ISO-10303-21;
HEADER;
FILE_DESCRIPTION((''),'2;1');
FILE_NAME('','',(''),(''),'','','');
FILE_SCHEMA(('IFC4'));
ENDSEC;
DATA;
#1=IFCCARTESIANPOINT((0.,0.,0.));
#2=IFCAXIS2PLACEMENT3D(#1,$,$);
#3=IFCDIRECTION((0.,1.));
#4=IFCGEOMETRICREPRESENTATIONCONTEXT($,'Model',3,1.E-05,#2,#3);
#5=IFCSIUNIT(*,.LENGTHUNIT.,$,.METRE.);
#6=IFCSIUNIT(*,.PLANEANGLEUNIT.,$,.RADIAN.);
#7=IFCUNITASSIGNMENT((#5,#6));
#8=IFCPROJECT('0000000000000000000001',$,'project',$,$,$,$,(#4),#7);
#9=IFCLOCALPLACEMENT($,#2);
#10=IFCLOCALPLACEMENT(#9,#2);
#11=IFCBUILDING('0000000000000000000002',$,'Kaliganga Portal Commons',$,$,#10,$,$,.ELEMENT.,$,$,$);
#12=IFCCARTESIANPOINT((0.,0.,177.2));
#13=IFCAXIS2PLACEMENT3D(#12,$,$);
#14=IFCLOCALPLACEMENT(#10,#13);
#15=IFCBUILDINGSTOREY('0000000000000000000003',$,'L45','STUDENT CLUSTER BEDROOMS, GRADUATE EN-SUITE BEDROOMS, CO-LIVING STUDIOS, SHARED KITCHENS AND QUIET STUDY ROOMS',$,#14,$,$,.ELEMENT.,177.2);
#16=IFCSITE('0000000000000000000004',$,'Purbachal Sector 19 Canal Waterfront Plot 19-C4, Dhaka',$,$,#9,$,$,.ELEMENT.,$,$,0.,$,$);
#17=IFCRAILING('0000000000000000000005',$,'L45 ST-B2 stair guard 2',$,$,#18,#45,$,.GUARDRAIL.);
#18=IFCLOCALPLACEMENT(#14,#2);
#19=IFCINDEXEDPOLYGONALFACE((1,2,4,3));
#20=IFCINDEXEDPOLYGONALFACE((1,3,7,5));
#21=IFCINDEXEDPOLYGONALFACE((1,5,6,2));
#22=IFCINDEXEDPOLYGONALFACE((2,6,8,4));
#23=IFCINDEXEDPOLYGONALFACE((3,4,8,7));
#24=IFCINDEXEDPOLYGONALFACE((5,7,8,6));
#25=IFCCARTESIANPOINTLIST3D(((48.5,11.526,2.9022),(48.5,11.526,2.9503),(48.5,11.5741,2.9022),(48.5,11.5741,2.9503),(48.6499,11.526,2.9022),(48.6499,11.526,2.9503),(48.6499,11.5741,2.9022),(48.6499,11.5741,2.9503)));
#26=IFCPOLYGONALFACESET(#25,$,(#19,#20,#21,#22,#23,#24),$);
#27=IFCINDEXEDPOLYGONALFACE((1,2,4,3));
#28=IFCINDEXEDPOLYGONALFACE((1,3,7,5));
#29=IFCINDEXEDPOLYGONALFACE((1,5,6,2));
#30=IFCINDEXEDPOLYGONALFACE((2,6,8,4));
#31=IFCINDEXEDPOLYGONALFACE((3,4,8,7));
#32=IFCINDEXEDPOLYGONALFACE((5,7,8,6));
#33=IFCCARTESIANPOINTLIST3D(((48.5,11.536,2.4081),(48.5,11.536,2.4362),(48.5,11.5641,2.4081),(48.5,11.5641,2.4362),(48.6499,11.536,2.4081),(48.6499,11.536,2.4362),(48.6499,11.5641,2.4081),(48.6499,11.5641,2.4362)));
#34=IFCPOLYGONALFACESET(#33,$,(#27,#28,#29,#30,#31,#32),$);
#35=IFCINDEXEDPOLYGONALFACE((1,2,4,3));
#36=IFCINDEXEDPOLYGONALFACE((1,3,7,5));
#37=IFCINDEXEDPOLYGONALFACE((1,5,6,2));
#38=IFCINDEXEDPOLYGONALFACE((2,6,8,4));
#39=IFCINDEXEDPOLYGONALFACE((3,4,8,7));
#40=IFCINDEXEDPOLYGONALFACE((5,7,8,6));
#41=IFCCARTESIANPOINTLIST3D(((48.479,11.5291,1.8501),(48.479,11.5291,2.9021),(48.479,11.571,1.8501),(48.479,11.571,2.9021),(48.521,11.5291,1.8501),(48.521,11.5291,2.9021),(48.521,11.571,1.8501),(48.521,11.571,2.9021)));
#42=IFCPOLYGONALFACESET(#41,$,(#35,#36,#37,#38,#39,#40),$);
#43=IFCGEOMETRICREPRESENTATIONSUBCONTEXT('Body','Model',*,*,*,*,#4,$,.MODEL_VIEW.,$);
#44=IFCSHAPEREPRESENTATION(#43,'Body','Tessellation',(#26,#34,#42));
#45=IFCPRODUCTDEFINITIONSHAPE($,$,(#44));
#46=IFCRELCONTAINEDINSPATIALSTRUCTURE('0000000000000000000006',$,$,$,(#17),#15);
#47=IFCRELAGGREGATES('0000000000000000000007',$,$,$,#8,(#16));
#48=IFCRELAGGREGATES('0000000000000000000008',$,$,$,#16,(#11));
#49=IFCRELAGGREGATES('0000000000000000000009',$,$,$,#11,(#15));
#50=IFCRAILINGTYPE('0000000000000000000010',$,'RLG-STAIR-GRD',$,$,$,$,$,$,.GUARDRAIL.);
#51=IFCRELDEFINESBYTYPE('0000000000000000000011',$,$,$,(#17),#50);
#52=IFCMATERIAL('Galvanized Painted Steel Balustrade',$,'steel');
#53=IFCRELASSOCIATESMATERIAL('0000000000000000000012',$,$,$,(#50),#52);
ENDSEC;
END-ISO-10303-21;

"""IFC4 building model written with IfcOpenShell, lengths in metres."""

from ifc_helpers import new_model, si_unit, direction, frame, origin, origin_2d, place, context, subcontext, project, spatial, rectangle, extrude, material, type_object, element, save


model = new_model("IFC4")

# Units and contexts
model_context = context("Model", 3, precision=1e-05, world=origin(), true_north=direction((0.0, 1.0)))
body_context = subcontext(model_context, "Body", "Model", "MODEL_VIEW")
ifc_project = project(units=[si_unit("LENGTHUNIT", "METRE"), si_unit("PLANEANGLEUNIT", "RADIAN")], contexts=[model_context])

# Site, building, storey
site_placement = place(None, origin())
site = spatial("IfcSite", under=ifc_project, at=site_placement, Name="Purbachal Sector 19 Canal Waterfront Plot 19-C4, Dhaka", CompositionType="ELEMENT", RefElevation=0.0)
building_placement = place(site_placement, origin())
building = spatial("IfcBuilding", under=site, at=building_placement, Name="Kaliganga Portal Commons", CompositionType="ELEMENT")
storey_placement = place(building_placement, frame((0.0, 0.0, 177.2)))
storey = spatial("IfcBuildingStorey", under=building, at=storey_placement, Name="L45", Description="STUDENT CLUSTER BEDROOMS, GRADUATE EN-SUITE BEDROOMS, CO-LIVING STUDIOS, SHARED KITCHENS AND QUIET STUDY ROOMS", CompositionType="ELEMENT", Elevation=177.2)

# Railing
ifc_material_1 = material(Name="Galvanized Painted Steel Balustrade", Category="steel")
railing_type = type_object("IfcRailingType", Name="RLG-STAIR-GRD", PredefinedType="GUARDRAIL", material=ifc_material_1)
railing_placement = place(storey_placement, frame((48.6499, 11.55, 1.8501)))
element("IfcRailing", 1, at=railing_placement, inside=storey, type_object=railing_type, Name="L45 ST-B2 stair guard 2", PredefinedType="GUARDRAIL", context=body_context, shape_type="SweptSolid", body=[
    extrude(rectangle(XDim=0.0481, YDim=0.0481, at=origin_2d()), frame((0.0, 0.0, 1.0762), z_axis=(-1.0, 0.0, 0.0), x_axis=(0.0, -1.0, 0.0)), (0.0, 0.0, 1.0), 0.1499),
    extrude(rectangle(XDim=0.0281, YDim=0.0281, at=origin_2d()), frame((0.0, 0.0, 0.572), z_axis=(-1.0, 0.0, 0.0), x_axis=(0.0, -1.0, 0.0)), (0.0, 0.0, 1.0), 0.1499),
    extrude(rectangle(XDim=0.042, YDim=0.042, at=origin_2d()), frame((-0.1499, 0.0, 0.0)), (0.0, 0.0, 1.0), 1.052),
])

save(model, "model.ifc")
